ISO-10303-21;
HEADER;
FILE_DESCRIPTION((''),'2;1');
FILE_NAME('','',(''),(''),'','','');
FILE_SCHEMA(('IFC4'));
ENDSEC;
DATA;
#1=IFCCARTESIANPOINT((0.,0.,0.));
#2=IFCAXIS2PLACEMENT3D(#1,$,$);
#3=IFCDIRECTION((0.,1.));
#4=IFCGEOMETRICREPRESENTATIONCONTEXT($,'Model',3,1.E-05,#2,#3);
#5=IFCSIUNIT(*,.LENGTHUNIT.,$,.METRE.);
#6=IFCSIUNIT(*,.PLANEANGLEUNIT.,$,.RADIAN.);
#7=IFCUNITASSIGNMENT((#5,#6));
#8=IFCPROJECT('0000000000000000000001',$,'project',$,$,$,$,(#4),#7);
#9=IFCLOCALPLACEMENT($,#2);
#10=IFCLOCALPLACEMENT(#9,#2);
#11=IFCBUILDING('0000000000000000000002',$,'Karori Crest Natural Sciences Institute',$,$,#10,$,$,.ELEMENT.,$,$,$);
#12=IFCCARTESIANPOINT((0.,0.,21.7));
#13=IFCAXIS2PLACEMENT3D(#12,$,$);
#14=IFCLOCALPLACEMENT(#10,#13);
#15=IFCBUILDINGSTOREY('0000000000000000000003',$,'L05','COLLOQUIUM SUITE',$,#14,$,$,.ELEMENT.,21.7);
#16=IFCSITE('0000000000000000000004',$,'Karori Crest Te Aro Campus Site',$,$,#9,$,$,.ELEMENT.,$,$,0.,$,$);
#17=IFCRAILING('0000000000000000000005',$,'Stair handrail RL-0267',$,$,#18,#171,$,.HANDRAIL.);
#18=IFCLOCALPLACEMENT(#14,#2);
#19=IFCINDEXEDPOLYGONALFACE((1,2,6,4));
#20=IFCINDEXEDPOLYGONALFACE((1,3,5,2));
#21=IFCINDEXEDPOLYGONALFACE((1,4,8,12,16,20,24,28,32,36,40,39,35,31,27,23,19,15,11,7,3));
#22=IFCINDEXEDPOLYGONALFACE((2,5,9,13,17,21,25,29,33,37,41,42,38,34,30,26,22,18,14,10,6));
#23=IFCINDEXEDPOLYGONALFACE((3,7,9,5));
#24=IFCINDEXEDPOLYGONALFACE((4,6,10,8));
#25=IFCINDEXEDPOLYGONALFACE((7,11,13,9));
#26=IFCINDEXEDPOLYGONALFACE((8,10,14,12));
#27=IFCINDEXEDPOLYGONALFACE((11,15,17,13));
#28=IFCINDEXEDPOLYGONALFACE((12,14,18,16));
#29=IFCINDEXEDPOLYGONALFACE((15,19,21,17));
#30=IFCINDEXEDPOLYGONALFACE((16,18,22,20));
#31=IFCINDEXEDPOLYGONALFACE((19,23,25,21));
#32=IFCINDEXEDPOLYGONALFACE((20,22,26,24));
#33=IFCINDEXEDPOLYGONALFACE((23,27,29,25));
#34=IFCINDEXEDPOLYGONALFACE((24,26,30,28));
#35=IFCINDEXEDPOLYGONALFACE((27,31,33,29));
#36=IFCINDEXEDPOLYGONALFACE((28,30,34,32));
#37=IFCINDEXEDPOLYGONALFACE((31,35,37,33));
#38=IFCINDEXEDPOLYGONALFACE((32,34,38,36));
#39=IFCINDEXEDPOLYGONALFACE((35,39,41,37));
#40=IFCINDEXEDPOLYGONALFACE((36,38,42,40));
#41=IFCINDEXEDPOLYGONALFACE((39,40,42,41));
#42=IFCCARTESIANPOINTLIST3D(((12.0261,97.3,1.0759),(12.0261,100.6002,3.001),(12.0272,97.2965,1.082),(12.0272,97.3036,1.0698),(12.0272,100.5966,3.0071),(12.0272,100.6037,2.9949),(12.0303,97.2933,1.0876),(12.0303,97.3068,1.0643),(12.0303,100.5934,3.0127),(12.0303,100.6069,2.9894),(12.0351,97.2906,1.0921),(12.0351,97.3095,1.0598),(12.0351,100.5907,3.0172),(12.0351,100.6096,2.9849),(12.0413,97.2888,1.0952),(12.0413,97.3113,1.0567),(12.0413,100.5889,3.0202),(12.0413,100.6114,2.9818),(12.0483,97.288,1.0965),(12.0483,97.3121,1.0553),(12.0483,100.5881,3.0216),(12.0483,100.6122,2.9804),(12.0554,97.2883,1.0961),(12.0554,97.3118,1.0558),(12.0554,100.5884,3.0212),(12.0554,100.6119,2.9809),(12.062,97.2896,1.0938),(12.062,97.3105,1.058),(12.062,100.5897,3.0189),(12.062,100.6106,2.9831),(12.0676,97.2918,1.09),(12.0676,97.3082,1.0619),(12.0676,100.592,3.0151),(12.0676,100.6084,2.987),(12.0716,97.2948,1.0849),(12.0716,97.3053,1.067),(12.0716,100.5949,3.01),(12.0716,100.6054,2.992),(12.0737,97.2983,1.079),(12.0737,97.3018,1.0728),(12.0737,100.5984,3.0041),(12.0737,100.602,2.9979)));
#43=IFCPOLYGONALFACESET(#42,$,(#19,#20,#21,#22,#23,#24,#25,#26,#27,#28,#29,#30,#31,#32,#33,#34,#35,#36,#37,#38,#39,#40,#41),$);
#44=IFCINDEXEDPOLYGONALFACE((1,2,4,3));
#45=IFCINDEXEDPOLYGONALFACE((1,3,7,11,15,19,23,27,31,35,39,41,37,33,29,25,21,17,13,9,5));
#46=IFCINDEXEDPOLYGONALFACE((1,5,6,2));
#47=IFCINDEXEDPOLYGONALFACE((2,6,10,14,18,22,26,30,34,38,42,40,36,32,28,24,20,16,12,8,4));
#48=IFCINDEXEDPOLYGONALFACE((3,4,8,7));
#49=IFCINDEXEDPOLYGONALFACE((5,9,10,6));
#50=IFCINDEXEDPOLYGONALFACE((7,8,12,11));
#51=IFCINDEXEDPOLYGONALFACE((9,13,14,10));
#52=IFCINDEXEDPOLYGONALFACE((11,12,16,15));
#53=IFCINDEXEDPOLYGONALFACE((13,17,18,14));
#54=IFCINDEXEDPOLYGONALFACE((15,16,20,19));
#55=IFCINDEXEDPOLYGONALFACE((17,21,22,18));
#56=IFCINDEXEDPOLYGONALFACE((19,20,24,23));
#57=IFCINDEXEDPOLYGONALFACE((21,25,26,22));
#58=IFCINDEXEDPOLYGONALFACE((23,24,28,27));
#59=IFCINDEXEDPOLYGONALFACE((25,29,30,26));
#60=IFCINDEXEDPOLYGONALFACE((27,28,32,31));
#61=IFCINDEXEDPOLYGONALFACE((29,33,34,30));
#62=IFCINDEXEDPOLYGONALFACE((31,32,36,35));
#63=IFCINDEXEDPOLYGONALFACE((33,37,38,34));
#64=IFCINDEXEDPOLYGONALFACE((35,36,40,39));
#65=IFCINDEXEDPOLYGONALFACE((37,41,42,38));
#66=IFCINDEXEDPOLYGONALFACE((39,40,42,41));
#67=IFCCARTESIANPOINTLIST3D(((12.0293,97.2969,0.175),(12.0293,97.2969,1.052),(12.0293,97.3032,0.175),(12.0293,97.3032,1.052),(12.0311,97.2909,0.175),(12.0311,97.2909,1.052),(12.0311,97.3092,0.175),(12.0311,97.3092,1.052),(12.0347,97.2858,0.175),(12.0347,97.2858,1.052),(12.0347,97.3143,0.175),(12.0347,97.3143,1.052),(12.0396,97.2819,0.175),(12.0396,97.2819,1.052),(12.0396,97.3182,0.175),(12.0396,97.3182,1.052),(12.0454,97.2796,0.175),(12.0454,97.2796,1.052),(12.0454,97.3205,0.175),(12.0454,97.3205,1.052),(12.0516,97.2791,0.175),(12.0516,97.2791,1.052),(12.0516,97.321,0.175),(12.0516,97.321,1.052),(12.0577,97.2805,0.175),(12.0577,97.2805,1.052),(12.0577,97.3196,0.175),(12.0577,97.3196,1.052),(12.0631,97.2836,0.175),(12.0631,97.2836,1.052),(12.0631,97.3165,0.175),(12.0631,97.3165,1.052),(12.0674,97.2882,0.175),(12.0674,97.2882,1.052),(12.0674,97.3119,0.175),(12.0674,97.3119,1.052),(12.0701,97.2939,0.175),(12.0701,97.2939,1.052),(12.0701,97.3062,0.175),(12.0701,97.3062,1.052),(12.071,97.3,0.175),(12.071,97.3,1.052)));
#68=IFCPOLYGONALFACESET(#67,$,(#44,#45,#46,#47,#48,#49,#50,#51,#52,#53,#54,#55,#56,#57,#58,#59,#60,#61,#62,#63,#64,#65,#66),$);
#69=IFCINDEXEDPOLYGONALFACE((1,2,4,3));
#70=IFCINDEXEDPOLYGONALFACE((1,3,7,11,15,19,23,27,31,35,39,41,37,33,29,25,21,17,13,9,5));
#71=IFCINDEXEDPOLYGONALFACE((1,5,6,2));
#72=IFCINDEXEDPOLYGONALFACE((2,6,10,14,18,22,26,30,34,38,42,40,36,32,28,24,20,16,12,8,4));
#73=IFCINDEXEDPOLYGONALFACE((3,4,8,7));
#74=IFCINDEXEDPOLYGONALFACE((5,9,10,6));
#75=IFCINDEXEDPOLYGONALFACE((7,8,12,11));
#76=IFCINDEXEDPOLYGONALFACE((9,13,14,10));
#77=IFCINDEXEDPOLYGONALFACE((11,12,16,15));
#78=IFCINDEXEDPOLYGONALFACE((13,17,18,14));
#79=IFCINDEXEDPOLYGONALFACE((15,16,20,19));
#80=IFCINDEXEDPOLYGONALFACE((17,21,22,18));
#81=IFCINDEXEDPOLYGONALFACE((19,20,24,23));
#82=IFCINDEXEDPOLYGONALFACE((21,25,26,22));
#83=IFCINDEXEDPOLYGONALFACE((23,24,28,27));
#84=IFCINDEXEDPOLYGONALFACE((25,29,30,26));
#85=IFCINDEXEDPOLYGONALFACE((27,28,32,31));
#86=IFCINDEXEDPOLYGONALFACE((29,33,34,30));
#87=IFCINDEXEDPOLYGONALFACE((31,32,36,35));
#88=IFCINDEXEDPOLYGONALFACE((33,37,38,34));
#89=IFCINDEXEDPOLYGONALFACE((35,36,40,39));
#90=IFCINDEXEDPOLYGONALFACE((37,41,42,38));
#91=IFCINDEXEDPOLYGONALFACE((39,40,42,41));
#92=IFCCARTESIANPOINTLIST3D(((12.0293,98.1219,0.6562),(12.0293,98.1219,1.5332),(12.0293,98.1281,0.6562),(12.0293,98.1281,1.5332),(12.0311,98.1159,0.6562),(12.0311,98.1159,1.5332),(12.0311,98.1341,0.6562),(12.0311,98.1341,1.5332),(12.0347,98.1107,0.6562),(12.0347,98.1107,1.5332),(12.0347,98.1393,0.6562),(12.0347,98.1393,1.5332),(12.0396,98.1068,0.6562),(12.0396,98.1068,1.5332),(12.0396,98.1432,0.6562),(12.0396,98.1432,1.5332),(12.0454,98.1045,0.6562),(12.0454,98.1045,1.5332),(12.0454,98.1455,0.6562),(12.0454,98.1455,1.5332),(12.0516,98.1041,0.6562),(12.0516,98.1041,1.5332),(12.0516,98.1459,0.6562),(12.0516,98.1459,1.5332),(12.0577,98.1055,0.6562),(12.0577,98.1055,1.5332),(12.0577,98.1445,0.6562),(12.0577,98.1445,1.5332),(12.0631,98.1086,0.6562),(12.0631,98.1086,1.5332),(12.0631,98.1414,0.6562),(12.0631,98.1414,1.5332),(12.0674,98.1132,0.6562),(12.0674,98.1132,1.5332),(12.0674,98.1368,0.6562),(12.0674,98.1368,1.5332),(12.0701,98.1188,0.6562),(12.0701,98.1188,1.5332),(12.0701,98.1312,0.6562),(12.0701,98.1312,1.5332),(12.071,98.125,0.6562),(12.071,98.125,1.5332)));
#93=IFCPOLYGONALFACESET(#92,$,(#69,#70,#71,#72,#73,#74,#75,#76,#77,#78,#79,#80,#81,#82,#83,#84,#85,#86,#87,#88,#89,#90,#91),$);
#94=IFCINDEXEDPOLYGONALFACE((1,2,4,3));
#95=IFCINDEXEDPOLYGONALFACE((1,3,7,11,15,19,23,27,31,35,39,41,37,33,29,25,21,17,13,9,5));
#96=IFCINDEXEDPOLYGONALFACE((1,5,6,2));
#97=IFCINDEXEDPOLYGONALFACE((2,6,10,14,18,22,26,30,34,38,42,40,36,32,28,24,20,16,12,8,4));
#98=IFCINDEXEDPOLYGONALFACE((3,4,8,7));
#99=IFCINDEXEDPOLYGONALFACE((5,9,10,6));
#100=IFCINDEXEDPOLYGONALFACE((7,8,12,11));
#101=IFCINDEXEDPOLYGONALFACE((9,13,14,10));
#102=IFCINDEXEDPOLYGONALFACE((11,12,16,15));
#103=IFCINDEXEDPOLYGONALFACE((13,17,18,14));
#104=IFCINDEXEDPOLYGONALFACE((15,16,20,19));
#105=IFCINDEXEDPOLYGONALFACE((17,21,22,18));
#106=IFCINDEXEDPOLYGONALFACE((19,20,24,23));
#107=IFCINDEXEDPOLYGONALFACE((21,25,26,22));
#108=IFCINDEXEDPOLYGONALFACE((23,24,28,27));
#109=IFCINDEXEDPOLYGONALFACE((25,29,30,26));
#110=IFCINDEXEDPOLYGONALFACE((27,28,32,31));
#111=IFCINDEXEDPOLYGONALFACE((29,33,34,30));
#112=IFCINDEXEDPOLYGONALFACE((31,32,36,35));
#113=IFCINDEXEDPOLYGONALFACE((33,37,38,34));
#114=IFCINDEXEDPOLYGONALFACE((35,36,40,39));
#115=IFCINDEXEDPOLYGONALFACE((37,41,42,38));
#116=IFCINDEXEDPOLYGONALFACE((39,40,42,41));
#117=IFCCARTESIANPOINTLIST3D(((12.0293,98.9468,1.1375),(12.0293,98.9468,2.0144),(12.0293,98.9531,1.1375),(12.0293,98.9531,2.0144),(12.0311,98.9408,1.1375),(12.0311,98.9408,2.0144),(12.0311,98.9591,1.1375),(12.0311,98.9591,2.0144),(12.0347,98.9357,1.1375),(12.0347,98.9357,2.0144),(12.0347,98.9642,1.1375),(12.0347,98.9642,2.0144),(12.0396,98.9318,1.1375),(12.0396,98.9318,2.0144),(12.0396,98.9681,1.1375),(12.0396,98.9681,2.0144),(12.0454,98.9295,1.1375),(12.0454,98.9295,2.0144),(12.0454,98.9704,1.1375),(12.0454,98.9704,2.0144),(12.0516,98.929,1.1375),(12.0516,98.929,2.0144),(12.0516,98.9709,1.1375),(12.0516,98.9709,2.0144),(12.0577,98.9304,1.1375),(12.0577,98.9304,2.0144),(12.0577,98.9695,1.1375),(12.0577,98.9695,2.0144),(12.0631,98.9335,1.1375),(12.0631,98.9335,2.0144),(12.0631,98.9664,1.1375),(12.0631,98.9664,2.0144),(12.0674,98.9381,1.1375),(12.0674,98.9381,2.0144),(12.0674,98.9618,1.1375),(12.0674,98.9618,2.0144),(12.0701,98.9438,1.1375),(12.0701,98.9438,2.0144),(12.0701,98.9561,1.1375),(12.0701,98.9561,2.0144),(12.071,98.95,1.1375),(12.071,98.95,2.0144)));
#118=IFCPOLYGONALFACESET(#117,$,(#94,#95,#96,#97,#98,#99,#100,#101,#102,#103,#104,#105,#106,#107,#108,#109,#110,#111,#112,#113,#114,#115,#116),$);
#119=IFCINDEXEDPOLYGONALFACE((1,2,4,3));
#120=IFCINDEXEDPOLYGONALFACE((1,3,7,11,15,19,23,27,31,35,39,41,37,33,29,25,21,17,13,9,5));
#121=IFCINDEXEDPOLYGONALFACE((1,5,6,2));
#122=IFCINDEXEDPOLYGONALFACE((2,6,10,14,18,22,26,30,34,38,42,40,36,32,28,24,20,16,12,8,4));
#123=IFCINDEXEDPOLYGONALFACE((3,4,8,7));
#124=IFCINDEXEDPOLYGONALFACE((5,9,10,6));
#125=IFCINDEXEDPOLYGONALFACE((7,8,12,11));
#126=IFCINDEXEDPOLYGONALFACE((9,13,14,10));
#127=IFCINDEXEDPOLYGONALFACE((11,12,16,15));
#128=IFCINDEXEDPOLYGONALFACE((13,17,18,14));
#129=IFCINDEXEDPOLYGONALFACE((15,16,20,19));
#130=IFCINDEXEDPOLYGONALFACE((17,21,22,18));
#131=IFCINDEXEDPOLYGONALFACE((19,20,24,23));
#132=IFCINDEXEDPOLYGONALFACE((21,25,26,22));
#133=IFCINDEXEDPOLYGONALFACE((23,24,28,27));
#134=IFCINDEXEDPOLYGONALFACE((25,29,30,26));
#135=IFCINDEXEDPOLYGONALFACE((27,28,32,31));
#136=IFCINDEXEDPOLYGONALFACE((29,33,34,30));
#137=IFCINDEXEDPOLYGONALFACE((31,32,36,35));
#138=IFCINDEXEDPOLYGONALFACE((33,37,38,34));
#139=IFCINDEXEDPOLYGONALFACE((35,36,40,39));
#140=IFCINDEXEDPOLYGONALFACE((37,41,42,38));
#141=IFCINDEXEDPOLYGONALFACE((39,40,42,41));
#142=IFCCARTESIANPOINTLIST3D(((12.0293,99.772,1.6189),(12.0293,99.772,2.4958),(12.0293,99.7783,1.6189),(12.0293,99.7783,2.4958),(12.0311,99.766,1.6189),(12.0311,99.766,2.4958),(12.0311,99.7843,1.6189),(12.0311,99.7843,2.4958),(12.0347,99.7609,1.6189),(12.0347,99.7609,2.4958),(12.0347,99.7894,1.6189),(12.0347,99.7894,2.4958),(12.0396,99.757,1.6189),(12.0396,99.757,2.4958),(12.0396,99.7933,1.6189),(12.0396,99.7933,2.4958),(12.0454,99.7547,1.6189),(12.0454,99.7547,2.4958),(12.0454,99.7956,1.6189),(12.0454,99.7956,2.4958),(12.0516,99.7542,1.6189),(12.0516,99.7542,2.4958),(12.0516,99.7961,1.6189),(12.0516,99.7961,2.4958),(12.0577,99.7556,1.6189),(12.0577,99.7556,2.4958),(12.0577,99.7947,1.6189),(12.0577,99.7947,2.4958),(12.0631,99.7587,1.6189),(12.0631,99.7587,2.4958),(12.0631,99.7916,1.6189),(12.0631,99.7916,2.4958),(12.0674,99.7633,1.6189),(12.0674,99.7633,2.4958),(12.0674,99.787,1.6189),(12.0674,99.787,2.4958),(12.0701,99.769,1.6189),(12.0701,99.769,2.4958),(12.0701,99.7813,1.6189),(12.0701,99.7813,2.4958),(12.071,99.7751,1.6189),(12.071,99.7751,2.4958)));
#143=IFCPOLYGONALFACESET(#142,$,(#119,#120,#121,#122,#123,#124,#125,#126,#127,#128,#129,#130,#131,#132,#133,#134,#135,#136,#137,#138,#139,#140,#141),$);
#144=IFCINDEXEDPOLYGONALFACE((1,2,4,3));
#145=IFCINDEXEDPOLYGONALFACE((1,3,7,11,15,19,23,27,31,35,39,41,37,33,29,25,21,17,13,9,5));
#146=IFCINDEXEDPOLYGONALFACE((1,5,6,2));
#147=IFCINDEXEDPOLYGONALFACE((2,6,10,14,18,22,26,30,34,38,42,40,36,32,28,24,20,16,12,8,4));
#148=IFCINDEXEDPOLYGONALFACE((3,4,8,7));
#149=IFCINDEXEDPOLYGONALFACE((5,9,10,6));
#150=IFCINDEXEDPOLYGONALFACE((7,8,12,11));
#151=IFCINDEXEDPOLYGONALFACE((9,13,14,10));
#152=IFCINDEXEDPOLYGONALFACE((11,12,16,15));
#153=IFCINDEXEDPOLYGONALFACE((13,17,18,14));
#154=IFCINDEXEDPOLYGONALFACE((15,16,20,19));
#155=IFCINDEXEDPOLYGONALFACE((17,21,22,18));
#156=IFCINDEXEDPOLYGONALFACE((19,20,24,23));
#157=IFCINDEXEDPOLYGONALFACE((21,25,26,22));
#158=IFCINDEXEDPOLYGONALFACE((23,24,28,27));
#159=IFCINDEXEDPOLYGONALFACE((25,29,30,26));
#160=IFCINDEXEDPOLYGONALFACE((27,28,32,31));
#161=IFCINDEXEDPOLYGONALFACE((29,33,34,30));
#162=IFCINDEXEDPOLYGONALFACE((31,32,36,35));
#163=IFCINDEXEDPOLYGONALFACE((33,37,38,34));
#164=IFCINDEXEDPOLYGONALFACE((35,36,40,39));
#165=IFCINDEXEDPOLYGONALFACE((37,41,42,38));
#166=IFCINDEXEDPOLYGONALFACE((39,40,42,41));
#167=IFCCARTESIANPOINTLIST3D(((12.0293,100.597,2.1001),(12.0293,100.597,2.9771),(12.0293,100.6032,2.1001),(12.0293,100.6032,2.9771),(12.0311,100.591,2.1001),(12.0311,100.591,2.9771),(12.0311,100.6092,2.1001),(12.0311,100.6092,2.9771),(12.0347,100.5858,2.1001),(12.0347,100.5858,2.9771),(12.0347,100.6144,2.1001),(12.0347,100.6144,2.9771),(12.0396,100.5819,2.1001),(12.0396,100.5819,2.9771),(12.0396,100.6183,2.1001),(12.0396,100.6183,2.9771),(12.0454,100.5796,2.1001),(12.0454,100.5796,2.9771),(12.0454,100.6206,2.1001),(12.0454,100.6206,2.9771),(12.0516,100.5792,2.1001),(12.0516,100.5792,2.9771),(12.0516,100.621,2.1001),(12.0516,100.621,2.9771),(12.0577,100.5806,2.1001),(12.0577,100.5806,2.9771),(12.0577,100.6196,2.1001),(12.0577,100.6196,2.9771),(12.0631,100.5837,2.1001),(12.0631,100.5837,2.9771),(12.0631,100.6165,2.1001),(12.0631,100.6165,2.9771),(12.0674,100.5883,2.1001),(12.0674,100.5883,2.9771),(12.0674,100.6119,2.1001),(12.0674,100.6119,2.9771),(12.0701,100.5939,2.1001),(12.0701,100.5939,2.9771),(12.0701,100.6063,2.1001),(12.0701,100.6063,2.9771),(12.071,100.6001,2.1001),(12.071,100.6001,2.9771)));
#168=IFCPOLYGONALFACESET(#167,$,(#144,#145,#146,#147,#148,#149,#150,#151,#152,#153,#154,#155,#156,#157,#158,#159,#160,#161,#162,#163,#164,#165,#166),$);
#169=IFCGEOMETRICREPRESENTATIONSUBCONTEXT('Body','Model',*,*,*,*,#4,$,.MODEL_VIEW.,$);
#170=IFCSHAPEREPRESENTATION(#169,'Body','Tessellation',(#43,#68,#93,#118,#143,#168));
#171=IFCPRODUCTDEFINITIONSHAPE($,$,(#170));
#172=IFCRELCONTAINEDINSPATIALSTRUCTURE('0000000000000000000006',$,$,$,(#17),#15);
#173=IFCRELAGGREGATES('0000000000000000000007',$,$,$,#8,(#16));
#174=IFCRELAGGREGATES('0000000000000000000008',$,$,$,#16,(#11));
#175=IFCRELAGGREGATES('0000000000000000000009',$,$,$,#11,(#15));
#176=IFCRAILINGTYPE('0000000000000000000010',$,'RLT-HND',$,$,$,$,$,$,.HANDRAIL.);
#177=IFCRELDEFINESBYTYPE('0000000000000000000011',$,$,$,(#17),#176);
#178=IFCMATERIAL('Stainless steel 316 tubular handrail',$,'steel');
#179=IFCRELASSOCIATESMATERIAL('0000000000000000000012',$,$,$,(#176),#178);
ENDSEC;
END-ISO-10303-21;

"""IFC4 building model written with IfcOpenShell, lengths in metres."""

from ifc_helpers import new_model, si_unit, direction, frame, origin, origin_2d, place, context, subcontext, project, spatial, circle, extrude, material, type_object, element, save


model = new_model("IFC4")

# Units and contexts
model_context = context("Model", 3, precision=1e-05, world=origin(), true_north=direction((0.0, 1.0)))
body_context = subcontext(model_context, "Body", "Model", "MODEL_VIEW")
ifc_project = project(units=[si_unit("LENGTHUNIT", "METRE"), si_unit("PLANEANGLEUNIT", "RADIAN")], contexts=[model_context])

# Site, building, storey
site_placement = place(None, origin())
site = spatial("IfcSite", under=ifc_project, at=site_placement, Name="Karori Crest Te Aro Campus Site", CompositionType="ELEMENT", RefElevation=0.0)
building_placement = place(site_placement, origin())
building = spatial("IfcBuilding", under=site, at=building_placement, Name="Karori Crest Natural Sciences Institute", CompositionType="ELEMENT")
storey_placement = place(building_placement, frame((0.0, 0.0, 21.7)))
storey = spatial("IfcBuildingStorey", under=building, at=storey_placement, Name="L05", Description="COLLOQUIUM SUITE", CompositionType="ELEMENT", Elevation=21.7)

# Railing
ifc_material_1 = material(Name="Stainless steel 316 tubular handrail", Category="steel")
railing_type_1 = type_object("IfcRailingType", Name="RLT-HND", PredefinedType="HANDRAIL", material=ifc_material_1)
railing_1_placement = place(storey_placement, frame((12.05, 97.3, 0.175)))
element("IfcRailing", 1, at=railing_1_placement, inside=storey, type_object=railing_type_1, Name="Stair handrail RL-0267", PredefinedType="HANDRAIL", context=body_context, shape_type="SweptSolid", body=[
    extrude(circle(Radius=0.0239, at=origin_2d()), frame((0.0, 0.0, 0.9009), z_axis=(0.0, 0.863777, 0.503875), x_axis=(-1.0, 0.0, 0.0)), (0.0, 0.0, 1.0), 3.8206),
    extrude(circle(Radius=0.021, at=origin_2d()), origin(), (0.0, 0.0, 1.0), 0.877),
    extrude(circle(Radius=0.021, at=origin_2d()), frame((0.0, 0.825, 0.4812)), (0.0, 0.0, 1.0), 0.877),
    extrude(circle(Radius=0.021, at=origin_2d()), frame((0.0, 1.6499, 0.9624)), (0.0, 0.0, 1.0), 0.877),
    extrude(circle(Radius=0.021, at=origin_2d()), frame((0.0, 2.4751, 1.4438)), (0.0, 0.0, 1.0), 0.877),
    extrude(circle(Radius=0.021, at=origin_2d()), frame((0.0, 3.3, 1.925)), (0.0, 0.0, 1.0), 0.877),
])

save(model, "model.ifc")
